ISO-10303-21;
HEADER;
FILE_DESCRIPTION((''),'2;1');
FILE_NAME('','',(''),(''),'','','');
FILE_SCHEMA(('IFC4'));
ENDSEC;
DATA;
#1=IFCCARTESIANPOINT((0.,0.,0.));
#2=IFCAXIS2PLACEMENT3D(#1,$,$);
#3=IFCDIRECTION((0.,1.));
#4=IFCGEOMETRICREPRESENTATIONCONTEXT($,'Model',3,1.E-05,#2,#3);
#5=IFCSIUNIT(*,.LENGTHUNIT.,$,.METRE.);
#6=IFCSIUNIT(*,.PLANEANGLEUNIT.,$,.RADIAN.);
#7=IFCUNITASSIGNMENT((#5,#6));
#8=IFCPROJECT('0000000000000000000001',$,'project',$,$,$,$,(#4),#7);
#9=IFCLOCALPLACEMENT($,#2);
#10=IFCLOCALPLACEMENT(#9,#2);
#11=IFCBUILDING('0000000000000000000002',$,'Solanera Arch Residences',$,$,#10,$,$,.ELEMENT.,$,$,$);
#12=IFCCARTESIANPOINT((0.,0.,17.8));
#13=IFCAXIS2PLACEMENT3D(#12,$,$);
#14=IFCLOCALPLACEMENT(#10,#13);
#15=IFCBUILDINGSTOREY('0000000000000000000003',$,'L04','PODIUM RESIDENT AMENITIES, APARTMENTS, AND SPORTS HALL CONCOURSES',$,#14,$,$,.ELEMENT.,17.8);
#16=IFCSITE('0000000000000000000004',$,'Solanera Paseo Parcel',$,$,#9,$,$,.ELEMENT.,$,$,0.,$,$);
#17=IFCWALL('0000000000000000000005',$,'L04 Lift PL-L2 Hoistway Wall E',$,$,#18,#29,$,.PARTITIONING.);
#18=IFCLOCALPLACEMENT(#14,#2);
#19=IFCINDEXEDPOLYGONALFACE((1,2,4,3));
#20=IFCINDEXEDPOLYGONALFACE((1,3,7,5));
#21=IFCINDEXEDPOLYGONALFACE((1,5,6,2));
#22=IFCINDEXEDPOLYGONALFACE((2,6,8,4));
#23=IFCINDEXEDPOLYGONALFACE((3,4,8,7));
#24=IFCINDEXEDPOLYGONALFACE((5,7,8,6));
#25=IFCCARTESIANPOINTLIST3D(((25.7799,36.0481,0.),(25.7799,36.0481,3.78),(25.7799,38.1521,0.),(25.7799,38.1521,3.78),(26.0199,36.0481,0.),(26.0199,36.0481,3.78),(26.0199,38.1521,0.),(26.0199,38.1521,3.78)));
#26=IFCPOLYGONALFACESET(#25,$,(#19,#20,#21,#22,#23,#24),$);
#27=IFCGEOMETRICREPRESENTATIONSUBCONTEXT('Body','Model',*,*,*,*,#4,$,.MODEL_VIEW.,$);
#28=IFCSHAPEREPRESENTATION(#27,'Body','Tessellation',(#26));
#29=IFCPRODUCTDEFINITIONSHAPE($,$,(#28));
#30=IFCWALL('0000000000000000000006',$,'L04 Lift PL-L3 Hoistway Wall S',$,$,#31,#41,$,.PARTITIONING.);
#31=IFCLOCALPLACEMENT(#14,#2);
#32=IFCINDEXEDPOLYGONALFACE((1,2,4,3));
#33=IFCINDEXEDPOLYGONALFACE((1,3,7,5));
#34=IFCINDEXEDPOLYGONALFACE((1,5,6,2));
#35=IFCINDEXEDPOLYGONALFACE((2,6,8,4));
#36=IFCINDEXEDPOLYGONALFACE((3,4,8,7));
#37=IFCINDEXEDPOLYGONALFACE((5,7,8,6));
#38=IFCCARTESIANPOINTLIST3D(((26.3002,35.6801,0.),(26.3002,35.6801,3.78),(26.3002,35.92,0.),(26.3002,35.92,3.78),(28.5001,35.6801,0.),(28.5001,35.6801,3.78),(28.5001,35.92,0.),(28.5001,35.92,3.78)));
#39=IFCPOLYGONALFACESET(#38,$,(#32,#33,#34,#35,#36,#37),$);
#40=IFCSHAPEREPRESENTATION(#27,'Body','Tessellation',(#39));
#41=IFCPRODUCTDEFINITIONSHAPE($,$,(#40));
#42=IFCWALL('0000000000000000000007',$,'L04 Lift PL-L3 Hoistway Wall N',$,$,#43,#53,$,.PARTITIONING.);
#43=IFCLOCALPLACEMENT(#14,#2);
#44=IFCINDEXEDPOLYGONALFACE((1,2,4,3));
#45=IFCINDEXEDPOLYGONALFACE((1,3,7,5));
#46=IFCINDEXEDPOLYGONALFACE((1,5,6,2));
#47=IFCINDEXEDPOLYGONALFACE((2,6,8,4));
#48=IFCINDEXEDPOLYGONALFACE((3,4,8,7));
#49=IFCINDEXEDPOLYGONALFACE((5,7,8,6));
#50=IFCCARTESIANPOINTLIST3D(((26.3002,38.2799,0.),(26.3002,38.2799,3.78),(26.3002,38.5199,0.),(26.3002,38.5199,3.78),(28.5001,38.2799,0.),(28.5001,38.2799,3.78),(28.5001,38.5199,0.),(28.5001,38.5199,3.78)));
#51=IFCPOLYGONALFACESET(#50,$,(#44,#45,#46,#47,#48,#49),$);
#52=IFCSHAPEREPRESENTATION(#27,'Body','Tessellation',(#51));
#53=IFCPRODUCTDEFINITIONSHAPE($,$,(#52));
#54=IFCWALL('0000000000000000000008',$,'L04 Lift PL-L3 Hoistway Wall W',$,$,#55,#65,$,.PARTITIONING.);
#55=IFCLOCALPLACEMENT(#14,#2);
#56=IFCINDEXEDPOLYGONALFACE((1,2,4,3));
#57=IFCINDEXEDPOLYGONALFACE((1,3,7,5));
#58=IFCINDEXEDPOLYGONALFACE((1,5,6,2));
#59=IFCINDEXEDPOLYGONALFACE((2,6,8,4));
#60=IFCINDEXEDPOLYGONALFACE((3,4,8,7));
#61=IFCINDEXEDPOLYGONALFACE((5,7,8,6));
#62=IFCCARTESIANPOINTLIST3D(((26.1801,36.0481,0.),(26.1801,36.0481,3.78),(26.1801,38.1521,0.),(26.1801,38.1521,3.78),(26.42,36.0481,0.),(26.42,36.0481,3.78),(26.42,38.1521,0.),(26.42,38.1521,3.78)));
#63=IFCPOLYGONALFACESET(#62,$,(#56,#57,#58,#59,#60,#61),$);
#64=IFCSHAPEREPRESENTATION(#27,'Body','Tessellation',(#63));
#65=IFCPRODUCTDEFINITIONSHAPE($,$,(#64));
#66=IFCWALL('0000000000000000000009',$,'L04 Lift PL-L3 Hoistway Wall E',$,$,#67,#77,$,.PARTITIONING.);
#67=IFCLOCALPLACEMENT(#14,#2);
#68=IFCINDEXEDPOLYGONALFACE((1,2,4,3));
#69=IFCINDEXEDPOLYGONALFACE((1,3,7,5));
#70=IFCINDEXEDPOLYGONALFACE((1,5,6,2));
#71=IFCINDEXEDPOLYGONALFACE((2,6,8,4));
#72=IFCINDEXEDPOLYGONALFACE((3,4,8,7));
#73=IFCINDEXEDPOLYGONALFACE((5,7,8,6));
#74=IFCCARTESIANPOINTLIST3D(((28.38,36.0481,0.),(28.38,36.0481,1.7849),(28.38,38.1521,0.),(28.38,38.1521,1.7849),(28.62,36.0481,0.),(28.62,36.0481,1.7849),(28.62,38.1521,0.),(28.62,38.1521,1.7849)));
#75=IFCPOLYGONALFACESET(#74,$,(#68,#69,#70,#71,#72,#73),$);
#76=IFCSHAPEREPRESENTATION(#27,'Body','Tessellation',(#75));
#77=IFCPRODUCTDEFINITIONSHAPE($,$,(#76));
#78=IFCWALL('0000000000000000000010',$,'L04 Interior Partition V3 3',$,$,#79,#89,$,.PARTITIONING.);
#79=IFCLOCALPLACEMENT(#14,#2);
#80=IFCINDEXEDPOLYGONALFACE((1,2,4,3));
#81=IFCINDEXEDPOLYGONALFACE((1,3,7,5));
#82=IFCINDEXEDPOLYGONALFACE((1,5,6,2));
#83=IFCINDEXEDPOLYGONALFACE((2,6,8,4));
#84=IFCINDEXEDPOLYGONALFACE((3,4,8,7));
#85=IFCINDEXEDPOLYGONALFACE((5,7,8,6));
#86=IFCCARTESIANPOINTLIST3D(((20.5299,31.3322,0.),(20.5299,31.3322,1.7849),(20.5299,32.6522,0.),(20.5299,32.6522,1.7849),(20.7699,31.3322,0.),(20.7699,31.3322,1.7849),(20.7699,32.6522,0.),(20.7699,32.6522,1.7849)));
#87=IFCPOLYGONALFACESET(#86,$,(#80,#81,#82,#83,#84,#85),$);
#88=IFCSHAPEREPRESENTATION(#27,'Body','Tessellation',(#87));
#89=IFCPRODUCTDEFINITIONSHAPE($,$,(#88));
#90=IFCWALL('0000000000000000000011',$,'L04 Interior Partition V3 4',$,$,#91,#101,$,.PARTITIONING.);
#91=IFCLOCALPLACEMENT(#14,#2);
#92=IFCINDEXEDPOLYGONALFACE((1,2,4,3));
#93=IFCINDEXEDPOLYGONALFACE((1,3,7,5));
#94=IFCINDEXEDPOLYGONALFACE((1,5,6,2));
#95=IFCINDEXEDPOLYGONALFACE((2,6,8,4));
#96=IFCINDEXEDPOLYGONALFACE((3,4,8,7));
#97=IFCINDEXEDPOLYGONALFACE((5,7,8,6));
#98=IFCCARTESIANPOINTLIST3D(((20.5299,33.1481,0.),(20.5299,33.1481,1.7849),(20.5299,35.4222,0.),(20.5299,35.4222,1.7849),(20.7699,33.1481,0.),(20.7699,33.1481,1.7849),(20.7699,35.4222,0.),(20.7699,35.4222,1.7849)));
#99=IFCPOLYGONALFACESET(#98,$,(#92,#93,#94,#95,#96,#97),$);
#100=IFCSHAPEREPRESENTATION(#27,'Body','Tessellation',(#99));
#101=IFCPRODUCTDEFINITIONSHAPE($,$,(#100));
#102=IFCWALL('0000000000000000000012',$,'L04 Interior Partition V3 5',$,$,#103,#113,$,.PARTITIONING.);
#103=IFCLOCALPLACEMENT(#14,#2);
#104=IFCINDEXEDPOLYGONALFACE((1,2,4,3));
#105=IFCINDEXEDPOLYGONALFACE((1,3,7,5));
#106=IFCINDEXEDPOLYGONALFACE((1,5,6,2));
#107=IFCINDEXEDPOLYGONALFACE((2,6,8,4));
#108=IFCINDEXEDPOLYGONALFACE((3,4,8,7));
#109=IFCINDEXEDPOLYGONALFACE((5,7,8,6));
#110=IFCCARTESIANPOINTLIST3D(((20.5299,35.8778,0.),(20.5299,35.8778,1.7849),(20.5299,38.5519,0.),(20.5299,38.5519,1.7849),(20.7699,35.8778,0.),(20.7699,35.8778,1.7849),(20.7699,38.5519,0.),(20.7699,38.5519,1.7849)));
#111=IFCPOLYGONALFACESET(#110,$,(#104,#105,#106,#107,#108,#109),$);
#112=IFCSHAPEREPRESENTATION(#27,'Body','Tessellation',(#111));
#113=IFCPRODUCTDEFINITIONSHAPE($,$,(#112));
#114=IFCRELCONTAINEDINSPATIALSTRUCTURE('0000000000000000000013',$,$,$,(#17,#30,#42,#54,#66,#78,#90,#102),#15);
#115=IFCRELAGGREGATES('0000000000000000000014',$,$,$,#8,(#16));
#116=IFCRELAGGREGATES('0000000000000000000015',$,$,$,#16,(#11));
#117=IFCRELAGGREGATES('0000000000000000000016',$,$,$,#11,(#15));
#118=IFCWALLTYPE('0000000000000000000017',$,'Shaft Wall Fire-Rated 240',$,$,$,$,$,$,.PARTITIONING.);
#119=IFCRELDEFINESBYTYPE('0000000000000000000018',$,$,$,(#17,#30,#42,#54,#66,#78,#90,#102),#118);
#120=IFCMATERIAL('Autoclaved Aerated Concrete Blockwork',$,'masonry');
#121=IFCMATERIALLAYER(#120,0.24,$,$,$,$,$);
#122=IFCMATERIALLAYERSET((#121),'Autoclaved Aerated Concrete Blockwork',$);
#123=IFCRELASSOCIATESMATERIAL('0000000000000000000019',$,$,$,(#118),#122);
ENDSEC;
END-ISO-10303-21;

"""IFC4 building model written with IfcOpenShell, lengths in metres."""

from ifc_helpers import new_model, si_unit, direction, frame, frame_2d, origin, place, context, subcontext, project, spatial, rectangle, extrude, material, layer, layer_set, type_object, element, save


model = new_model("IFC4")

# Units and contexts
model_context = context("Model", 3, precision=1e-05, world=origin(), true_north=direction((0.0, 1.0)))
body_context = subcontext(model_context, "Body", "Model", "MODEL_VIEW")
ifc_project = project(units=[si_unit("LENGTHUNIT", "METRE"), si_unit("PLANEANGLEUNIT", "RADIAN")], contexts=[model_context])

# Site, building, storey
site_placement = place(None, origin())
site = spatial("IfcSite", under=ifc_project, at=site_placement, Name="Solanera Paseo Parcel", CompositionType="ELEMENT", RefElevation=0.0)
building_placement = place(site_placement, origin())
building = spatial("IfcBuilding", under=site, at=building_placement, Name="Solanera Arch Residences", CompositionType="ELEMENT")
storey_placement = place(building_placement, frame((0.0, 0.0, 17.8)))
storey = spatial("IfcBuildingStorey", under=building, at=storey_placement, Name="L04", Description="PODIUM RESIDENT AMENITIES, APARTMENTS, AND SPORTS HALL CONCOURSES", CompositionType="ELEMENT", Elevation=17.8)

# Walls
ifc_material_1 = material(Name="Autoclaved Aerated Concrete Blockwork", Category="masonry")
ifc_layer_1 = layer(ifc_material_1, 0.24)
ifc_layer_set_1 = layer_set([ifc_layer_1], Name="Autoclaved Aerated Concrete Blockwork")
wall_type_1 = type_object("IfcWallType", Name="Shaft Wall Fire-Rated 240", PredefinedType="PARTITIONING", material=ifc_layer_set_1)
for number, where, z_axis, x_axis, name in (
    (1, (25.8999, 36.0481, 0.0), (0.0, 0.0, 1.0), (0.0, 1.0, 0.0), "L04 Lift PL-L2 Hoistway Wall E"),
):
    element("IfcWall", number, at=place(storey_placement, frame(where, z_axis=z_axis, x_axis=x_axis)), inside=storey, type_object=wall_type_1, Name=name, PredefinedType="PARTITIONING", context=body_context, shape_type="SweptSolid", body=[
        extrude(rectangle(XDim=2.104, YDim=0.24, at=frame_2d((1.052, 0.0))), origin(), (0.0, 0.0, 1.0), 3.78),
    ])
for number, where, z_axis, x_axis, name in (
    (2, (26.3, 35.8, 0.0), (0.0, 0.0, 1.0), (1.0, 0.0, 0.0), "L04 Lift PL-L3 Hoistway Wall S"),
    (3, (26.3, 38.3999, 0.0), (0.0, 0.0, 1.0), (1.0, 0.0, 0.0), "L04 Lift PL-L3 Hoistway Wall N"),
):
    element("IfcWall", number, at=place(storey_placement, frame(where, z_axis=z_axis, x_axis=x_axis)), inside=storey, type_object=wall_type_1, Name=name, PredefinedType="PARTITIONING", context=body_context, shape_type="SweptSolid", body=[
        extrude(rectangle(XDim=2.2, YDim=0.24, at=frame_2d((1.1001, 0.0))), origin(), (0.0, 0.0, 1.0), 3.78),
    ])
wall_1_placement = place(storey_placement, frame((26.3, 36.0481, 0.0), z_axis=(0.0, 0.0, 1.0), x_axis=(0.0, 1.0, 0.0)))
element("IfcWall", 4, at=wall_1_placement, inside=storey, type_object=wall_type_1, Name="L04 Lift PL-L3 Hoistway Wall W", PredefinedType="PARTITIONING", context=body_context, shape_type="SweptSolid", body=[
    extrude(rectangle(XDim=2.104, YDim=0.24, at=frame_2d((1.052, 0.0))), origin(), (0.0, 0.0, 1.0), 3.78),
])
wall_2_placement = place(storey_placement, frame((28.5, 36.0481, 0.0), z_axis=(0.0, 0.0, 1.0), x_axis=(0.0, 1.0, 0.0)))
element("IfcWall", 5, at=wall_2_placement, inside=storey, type_object=wall_type_1, Name="L04 Lift PL-L3 Hoistway Wall E", PredefinedType="PARTITIONING", context=body_context, shape_type="SweptSolid", body=[
    extrude(rectangle(XDim=2.104, YDim=0.24, at=frame_2d((1.052, 0.0))), origin(), (0.0, 0.0, 1.0), 1.7849),
])
wall_3_placement = place(storey_placement, frame((20.6499, 31.332, 0.0), z_axis=(0.0, 0.0, 1.0), x_axis=(0.0, 1.0, 0.0)))
element("IfcWall", 6, at=wall_3_placement, inside=storey, type_object=wall_type_1, Name="L04 Interior Partition V3 3", PredefinedType="PARTITIONING", context=body_context, shape_type="SweptSolid", body=[
    extrude(rectangle(XDim=1.3201, YDim=0.24, at=frame_2d((0.6602, 0.0))), origin(), (0.0, 0.0, 1.0), 1.7849),
])
wall_4_placement = place(storey_placement, frame((20.6499, 33.1479, 0.0), z_axis=(0.0, 0.0, 1.0), x_axis=(0.0, 1.0, 0.0)))
element("IfcWall", 7, at=wall_4_placement, inside=storey, type_object=wall_type_1, Name="L04 Interior Partition V3 4", PredefinedType="PARTITIONING", context=body_context, shape_type="SweptSolid", body=[
    extrude(rectangle(XDim=2.2742, YDim=0.24, at=frame_2d((1.1372, 0.0))), origin(), (0.0, 0.0, 1.0), 1.7849),
])
wall_5_placement = place(storey_placement, frame((20.6499, 35.8779, 0.0), z_axis=(0.0, 0.0, 1.0), x_axis=(0.0, 1.0, 0.0)))
element("IfcWall", 8, at=wall_5_placement, inside=storey, type_object=wall_type_1, Name="L04 Interior Partition V3 5", PredefinedType="PARTITIONING", context=body_context, shape_type="SweptSolid", body=[
    extrude(rectangle(XDim=2.6741, YDim=0.24, at=frame_2d((1.3369, 0.0))), origin(), (0.0, 0.0, 1.0), 1.7849),
])

save(model, "model.ifc")
